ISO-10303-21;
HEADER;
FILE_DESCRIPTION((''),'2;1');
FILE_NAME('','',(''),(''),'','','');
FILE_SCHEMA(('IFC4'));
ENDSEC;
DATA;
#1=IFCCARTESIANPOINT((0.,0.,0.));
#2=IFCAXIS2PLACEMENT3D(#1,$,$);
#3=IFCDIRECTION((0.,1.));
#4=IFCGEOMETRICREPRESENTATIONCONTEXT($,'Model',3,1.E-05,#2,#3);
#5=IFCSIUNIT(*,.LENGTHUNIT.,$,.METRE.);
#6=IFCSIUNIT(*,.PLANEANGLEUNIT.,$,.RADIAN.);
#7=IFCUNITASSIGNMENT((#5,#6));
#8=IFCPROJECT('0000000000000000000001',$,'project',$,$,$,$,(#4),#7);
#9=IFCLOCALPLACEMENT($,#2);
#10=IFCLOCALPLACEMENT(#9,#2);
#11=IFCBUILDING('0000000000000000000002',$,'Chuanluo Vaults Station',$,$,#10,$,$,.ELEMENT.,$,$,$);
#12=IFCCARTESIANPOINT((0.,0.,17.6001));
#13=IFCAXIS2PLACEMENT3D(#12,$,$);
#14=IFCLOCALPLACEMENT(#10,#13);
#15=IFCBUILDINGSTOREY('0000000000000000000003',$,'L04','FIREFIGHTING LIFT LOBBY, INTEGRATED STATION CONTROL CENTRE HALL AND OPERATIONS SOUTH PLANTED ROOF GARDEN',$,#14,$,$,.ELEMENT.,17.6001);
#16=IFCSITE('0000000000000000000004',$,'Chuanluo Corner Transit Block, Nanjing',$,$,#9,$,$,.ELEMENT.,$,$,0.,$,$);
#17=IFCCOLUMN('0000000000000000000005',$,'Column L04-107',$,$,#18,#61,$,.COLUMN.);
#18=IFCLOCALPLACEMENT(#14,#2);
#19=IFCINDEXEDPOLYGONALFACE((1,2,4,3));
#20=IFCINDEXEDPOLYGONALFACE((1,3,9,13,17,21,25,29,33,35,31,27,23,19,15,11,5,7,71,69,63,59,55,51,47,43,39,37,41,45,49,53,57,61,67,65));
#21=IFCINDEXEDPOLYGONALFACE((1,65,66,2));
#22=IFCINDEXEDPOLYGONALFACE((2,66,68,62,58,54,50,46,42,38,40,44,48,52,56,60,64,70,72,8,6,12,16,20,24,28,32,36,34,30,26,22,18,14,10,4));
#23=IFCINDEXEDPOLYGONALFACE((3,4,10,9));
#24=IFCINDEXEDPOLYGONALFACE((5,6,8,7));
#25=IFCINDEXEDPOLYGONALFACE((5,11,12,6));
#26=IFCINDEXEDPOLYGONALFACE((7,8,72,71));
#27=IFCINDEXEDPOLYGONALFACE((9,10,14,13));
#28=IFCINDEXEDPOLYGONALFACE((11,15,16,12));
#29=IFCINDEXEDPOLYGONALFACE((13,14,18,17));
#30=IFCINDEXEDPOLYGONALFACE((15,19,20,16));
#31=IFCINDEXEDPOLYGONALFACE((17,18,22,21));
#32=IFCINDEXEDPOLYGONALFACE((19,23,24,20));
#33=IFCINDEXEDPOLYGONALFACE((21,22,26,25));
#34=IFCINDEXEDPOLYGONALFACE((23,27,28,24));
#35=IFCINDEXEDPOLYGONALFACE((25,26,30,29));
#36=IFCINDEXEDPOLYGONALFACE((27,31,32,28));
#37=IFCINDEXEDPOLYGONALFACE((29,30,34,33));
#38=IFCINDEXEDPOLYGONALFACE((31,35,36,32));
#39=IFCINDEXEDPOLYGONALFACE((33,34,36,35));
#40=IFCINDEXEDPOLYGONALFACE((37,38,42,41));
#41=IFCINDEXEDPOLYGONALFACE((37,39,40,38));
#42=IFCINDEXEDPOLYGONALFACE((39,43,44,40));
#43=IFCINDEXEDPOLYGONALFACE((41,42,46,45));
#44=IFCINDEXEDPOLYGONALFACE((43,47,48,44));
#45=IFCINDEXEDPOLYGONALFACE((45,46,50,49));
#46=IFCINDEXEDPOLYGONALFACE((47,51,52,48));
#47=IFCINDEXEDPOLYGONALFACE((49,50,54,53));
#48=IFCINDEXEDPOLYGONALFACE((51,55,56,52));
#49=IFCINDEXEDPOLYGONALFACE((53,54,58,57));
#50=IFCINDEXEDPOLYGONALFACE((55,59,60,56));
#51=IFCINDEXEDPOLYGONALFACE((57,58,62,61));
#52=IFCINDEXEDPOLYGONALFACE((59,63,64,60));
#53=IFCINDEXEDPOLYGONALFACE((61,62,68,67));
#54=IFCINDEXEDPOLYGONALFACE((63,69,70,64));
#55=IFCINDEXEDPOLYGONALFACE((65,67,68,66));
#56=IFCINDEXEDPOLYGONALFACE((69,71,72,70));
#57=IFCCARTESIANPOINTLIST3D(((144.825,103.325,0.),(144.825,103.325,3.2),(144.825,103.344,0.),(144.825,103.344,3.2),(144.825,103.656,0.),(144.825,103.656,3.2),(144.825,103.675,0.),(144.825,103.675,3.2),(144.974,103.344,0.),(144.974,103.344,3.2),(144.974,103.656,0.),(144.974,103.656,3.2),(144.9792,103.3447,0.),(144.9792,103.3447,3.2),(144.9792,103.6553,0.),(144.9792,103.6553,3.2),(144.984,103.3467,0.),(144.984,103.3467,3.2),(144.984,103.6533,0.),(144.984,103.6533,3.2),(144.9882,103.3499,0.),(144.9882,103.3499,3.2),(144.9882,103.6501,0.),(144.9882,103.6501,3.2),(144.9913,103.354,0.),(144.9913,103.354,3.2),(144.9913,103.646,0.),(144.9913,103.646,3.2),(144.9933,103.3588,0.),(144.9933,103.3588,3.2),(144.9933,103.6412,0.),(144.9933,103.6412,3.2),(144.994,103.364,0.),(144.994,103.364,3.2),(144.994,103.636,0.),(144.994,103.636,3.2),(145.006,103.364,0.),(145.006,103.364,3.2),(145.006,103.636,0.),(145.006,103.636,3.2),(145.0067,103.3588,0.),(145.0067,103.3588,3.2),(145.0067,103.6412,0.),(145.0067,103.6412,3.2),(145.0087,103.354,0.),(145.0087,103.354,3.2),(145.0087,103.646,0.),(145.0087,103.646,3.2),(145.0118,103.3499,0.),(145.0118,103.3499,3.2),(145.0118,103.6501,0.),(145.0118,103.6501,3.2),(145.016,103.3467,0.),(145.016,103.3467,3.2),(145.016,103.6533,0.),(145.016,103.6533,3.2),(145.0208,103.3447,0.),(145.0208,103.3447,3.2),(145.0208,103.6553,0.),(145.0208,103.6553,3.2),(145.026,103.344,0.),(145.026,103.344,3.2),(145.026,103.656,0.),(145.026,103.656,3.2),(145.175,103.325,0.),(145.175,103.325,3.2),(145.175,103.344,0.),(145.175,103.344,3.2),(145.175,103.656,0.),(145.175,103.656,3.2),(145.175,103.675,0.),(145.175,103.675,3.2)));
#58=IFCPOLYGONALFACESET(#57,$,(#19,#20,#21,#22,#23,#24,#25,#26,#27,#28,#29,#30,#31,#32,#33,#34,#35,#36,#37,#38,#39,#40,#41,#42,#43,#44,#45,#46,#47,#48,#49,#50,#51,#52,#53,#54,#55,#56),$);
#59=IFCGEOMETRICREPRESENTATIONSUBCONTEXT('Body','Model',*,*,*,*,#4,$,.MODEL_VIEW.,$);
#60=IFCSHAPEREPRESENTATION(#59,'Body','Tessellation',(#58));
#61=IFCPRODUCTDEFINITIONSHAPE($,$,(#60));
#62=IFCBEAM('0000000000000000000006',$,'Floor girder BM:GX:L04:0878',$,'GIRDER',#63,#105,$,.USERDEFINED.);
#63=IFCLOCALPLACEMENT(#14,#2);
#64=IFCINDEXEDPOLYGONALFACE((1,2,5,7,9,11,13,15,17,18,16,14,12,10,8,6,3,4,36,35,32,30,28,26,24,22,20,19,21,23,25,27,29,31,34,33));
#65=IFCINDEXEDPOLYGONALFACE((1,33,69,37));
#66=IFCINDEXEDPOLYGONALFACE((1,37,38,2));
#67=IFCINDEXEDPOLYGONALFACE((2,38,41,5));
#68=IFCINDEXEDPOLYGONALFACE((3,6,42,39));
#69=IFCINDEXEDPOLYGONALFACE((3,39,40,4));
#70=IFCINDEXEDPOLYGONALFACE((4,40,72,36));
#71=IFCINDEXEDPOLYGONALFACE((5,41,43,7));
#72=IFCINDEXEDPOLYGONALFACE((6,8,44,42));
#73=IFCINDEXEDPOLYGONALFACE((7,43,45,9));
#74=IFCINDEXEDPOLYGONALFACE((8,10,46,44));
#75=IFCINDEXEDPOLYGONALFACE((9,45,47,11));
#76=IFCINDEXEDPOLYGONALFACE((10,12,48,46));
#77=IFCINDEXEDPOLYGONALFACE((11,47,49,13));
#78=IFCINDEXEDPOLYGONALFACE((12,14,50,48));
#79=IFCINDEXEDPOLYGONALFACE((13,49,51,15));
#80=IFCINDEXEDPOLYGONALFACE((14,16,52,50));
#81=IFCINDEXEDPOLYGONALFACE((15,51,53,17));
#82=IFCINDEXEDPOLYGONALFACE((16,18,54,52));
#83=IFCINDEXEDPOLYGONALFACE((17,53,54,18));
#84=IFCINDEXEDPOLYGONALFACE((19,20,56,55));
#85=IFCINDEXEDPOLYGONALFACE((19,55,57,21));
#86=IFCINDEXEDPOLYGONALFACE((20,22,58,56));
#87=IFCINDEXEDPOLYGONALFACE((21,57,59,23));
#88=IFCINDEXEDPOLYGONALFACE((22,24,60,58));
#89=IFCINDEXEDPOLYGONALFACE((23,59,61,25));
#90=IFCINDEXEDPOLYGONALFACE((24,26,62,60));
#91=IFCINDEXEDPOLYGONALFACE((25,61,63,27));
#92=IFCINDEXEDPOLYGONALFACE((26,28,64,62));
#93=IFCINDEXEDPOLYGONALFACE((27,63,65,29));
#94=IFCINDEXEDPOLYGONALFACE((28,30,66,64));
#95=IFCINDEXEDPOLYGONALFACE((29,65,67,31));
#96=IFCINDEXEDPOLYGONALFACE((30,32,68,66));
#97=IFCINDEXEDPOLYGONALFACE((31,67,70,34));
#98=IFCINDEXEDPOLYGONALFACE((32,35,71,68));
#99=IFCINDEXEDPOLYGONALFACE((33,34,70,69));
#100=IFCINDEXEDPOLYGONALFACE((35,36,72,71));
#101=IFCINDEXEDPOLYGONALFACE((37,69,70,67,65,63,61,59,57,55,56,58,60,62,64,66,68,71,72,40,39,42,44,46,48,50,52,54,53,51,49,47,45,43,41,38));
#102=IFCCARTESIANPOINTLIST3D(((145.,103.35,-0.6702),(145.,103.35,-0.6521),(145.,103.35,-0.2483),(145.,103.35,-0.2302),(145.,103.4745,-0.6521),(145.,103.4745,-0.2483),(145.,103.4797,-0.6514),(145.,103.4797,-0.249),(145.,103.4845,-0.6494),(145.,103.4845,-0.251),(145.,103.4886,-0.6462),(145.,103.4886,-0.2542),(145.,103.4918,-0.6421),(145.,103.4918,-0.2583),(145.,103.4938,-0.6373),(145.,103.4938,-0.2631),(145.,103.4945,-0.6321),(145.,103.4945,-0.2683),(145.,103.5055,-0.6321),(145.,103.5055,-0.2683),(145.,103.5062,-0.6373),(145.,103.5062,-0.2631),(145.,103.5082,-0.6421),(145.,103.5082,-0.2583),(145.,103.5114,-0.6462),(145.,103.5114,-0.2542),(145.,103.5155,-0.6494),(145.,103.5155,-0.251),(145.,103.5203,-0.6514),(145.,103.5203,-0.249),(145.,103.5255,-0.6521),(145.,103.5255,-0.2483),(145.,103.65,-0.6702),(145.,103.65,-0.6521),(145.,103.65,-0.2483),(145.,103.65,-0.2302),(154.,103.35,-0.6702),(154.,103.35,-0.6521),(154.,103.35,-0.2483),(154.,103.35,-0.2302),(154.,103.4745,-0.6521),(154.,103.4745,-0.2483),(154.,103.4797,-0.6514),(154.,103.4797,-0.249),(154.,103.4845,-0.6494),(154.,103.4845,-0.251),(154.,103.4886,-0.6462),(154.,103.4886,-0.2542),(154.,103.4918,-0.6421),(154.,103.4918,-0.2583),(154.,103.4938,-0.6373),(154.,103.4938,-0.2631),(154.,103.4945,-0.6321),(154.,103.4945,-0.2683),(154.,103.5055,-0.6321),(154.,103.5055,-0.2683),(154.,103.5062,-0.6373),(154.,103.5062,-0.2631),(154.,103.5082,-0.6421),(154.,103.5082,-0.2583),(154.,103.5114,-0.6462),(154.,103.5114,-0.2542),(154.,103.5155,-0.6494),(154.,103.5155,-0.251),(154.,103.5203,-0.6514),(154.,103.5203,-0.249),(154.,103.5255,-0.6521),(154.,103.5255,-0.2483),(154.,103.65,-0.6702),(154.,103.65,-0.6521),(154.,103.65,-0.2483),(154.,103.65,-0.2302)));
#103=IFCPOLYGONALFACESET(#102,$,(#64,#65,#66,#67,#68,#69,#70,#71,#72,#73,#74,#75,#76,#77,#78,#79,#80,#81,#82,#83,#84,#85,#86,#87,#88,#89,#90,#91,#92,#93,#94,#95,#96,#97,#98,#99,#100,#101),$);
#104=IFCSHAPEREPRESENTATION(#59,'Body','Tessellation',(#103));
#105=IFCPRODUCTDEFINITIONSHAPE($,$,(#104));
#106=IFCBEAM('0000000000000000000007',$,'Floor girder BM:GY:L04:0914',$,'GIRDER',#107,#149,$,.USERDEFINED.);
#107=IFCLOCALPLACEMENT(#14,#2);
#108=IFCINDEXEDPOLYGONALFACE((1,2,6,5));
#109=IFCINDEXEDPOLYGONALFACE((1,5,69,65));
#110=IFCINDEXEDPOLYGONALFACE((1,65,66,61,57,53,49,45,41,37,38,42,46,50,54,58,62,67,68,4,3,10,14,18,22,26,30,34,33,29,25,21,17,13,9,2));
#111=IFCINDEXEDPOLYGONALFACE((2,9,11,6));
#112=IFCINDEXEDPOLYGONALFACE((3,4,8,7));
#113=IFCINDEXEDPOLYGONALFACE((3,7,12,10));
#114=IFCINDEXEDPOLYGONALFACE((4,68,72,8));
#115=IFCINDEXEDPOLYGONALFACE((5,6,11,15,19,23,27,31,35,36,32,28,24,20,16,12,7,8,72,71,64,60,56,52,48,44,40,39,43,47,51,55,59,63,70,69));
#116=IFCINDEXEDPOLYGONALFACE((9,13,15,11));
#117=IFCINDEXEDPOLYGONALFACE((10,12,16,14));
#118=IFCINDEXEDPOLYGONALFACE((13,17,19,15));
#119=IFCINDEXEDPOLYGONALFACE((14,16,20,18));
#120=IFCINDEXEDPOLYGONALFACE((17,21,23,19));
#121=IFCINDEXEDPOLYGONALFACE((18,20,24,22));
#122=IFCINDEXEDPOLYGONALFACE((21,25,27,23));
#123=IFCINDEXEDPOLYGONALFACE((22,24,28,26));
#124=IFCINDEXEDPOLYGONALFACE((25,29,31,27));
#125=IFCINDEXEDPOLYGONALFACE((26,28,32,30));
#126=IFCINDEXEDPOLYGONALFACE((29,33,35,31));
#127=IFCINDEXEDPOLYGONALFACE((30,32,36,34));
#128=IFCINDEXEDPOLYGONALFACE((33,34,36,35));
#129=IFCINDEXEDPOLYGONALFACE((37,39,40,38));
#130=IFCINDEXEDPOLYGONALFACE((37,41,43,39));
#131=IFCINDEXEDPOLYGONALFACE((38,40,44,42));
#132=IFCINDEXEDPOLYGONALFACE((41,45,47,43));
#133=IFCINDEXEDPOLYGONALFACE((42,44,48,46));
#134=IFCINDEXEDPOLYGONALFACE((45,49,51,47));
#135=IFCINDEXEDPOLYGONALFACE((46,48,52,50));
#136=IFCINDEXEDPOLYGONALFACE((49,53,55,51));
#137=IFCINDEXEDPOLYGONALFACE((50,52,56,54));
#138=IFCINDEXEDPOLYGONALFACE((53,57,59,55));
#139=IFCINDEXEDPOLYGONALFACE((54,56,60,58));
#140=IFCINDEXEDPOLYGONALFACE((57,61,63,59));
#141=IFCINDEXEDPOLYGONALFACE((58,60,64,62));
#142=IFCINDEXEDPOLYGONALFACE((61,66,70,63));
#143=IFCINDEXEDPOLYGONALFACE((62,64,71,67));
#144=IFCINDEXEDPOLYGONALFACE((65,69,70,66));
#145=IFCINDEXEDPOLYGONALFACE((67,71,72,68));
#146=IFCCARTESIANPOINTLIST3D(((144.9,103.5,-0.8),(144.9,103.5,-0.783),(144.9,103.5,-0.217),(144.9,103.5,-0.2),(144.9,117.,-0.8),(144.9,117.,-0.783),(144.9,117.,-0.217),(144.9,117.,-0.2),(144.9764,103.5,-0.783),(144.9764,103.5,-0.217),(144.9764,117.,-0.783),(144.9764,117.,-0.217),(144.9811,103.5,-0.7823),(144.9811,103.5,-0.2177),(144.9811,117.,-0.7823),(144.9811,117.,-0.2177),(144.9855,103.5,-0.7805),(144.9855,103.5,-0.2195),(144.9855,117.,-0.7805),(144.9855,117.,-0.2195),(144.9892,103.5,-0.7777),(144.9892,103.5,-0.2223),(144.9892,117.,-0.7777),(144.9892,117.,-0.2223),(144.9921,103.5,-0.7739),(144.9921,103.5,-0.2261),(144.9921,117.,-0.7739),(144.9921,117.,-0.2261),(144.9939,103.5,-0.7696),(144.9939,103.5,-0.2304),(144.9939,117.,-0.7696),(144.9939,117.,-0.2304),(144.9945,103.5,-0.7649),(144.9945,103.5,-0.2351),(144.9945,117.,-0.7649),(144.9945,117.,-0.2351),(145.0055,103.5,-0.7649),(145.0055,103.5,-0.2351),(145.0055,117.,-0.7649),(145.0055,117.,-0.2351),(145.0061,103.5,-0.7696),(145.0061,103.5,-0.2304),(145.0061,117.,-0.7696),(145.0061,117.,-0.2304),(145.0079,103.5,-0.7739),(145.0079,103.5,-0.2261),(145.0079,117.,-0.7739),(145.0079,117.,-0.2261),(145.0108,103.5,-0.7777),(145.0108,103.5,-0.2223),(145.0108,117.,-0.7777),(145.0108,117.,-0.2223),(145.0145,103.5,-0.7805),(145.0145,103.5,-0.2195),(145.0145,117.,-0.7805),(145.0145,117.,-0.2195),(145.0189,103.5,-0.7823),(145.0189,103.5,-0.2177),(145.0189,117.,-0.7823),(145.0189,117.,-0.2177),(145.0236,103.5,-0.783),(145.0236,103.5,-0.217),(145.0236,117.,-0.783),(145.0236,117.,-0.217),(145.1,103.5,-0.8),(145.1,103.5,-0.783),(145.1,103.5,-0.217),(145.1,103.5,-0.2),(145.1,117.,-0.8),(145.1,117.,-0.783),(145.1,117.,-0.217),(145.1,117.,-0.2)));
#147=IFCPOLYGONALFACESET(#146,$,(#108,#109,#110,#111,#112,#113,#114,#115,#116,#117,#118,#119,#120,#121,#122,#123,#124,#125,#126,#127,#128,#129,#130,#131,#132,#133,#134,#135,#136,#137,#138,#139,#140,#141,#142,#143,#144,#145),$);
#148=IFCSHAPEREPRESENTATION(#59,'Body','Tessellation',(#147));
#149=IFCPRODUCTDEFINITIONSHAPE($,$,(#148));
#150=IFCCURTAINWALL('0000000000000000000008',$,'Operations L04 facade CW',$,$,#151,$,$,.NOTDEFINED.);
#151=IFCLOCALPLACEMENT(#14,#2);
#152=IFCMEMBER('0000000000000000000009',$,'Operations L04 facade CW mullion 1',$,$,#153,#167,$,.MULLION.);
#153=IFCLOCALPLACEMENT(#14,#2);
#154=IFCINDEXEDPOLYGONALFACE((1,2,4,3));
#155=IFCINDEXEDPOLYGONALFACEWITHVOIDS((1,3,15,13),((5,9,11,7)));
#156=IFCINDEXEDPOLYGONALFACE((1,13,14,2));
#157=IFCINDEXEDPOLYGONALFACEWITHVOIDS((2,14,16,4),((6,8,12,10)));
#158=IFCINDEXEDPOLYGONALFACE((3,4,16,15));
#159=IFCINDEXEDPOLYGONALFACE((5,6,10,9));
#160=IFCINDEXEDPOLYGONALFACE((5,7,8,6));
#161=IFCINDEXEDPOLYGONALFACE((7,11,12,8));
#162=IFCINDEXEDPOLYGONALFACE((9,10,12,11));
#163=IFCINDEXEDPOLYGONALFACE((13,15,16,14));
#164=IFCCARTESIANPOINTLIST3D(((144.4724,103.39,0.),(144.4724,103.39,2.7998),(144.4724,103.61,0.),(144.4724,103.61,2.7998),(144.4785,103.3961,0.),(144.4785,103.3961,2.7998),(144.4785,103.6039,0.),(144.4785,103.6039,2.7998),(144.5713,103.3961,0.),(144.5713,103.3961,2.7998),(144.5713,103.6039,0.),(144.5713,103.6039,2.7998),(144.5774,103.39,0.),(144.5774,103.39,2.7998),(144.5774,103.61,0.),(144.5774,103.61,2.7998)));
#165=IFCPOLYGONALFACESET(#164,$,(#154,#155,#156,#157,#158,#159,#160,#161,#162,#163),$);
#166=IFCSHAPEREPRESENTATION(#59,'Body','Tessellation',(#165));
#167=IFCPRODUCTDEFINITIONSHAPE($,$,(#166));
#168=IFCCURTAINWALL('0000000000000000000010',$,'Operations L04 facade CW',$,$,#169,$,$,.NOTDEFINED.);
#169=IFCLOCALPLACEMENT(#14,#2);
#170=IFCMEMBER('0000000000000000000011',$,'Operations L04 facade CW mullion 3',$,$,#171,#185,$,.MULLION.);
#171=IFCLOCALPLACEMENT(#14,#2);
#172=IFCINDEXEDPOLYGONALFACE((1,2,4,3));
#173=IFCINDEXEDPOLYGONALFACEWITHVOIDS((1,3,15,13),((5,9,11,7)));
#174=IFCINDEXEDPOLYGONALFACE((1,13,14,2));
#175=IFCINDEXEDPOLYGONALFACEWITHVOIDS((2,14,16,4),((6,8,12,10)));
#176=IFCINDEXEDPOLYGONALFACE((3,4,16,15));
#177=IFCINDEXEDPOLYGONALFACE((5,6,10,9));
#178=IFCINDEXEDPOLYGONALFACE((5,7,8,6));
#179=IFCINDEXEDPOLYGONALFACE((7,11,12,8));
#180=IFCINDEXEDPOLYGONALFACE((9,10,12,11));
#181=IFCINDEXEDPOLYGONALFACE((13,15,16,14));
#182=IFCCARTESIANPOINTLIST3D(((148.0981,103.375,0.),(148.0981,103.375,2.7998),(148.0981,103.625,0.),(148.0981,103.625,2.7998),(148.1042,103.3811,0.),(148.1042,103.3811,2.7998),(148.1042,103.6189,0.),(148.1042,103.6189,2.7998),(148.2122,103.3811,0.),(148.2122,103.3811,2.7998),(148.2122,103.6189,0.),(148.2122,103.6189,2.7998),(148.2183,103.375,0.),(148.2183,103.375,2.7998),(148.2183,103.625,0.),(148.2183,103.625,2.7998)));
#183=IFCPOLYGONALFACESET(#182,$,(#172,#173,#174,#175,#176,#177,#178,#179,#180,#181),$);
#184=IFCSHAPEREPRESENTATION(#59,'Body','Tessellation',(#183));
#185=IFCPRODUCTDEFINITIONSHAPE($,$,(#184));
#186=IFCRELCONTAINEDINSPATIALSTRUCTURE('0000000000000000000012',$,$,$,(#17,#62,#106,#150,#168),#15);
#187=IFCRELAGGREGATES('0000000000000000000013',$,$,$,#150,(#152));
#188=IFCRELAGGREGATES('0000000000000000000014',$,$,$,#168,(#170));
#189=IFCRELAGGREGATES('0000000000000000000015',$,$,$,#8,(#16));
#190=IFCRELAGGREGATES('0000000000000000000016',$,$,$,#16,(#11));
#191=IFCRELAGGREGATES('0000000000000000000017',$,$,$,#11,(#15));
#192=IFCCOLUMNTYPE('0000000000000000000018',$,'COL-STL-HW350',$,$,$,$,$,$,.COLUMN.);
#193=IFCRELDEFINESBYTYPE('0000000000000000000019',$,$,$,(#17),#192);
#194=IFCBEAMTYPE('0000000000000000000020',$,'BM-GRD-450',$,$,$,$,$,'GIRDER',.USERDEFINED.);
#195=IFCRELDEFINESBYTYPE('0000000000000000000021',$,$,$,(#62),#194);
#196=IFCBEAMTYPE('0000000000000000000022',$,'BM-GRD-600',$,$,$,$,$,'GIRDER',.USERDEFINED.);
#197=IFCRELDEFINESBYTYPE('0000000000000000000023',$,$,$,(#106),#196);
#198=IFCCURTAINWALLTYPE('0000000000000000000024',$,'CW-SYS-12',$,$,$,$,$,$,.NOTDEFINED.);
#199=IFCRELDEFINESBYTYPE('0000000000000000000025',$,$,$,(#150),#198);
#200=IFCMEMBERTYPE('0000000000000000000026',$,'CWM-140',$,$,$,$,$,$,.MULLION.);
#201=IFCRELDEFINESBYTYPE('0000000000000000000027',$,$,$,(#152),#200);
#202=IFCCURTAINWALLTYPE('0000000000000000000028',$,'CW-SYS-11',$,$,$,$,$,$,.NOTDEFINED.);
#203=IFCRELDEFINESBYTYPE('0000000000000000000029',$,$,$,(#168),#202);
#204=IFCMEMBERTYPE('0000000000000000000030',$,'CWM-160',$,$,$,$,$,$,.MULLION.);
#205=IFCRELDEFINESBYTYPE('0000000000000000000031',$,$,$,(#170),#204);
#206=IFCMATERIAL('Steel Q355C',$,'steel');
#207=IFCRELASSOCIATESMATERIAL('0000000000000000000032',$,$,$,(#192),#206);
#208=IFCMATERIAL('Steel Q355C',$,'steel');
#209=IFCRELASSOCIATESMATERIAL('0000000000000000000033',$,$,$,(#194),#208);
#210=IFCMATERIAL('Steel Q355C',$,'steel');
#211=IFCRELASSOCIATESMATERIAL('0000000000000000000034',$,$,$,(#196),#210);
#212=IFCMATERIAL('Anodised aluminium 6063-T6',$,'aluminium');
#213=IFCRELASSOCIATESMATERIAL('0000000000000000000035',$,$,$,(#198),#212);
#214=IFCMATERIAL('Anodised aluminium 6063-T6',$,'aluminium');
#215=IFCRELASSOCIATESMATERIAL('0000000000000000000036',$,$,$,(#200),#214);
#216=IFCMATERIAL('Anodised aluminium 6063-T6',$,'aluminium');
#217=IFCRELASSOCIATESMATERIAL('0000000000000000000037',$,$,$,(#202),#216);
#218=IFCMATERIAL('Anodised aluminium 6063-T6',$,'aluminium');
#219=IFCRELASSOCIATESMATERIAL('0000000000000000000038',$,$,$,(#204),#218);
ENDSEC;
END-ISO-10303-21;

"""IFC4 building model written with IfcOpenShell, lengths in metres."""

from ifc_helpers import new_model, si_unit, direction, frame, origin, origin_2d, place, context, subcontext, project, spatial, hollow_rectangle, i_section, extrude, material, material_profile, profile_set, type_object, element, aggregate, save


model = new_model("IFC4")

# Units and contexts
model_context = context("Model", 3, precision=1e-05, world=origin(), true_north=direction((0.0, 1.0)))
body_context = subcontext(model_context, "Body", "Model", "MODEL_VIEW")
ifc_project = project(units=[si_unit("LENGTHUNIT", "METRE"), si_unit("PLANEANGLEUNIT", "RADIAN")], contexts=[model_context])

# Site, building, storey
site_placement = place(None, origin())
site = spatial("IfcSite", under=ifc_project, at=site_placement, Name="Chuanluo Corner Transit Block, Nanjing", CompositionType="ELEMENT", RefElevation=0.0)
building_placement = place(site_placement, origin())
building = spatial("IfcBuilding", under=site, at=building_placement, Name="Chuanluo Vaults Station", CompositionType="ELEMENT")
storey_placement = place(building_placement, frame((0.0, 0.0, 17.6001)))
storey = spatial("IfcBuildingStorey", under=building, at=storey_placement, Name="L04", Description="FIREFIGHTING LIFT LOBBY, INTEGRATED STATION CONTROL CENTRE HALL AND OPERATIONS SOUTH PLANTED ROOF GARDEN", CompositionType="ELEMENT", Elevation=17.6001)

# Column
ifc_material_1 = material(Name="Steel Q355C", Category="steel")
ifc_material_profile_1 = material_profile(ifc_material_1, i_section(OverallWidth=0.3501, OverallDepth=0.3501, WebThickness=0.012, FlangeThickness=0.019, FilletRadius=0.02, at=origin_2d()))
ifc_profile_set_1 = profile_set([ifc_material_profile_1], Name="Steel Q355C")
column_type = type_object("IfcColumnType", Name="COL-STL-HW350", PredefinedType="COLUMN", material=ifc_profile_set_1)
column_placement = place(storey_placement, frame((145.0, 103.5, 0.0), z_axis=(0.0, 0.0, 1.0), x_axis=(1.0, 0.0, 0.0)))
element("IfcColumn", 1, at=column_placement, inside=storey, type_object=column_type, Name="Column L04-107", PredefinedType="COLUMN", context=body_context, shape_type="SweptSolid", body=[
    extrude(i_section(OverallWidth=0.3501, OverallDepth=0.3501, WebThickness=0.012, FlangeThickness=0.019, FilletRadius=0.02, at=origin_2d()), origin(), (0.0, 0.0, 1.0), 3.2),
])

# Beams
ifc_material_2 = material(Name="Steel Q355C", Category="steel")
ifc_material_profile_2 = material_profile(ifc_material_2, i_section(OverallWidth=0.3, OverallDepth=0.4399, WebThickness=0.011, FlangeThickness=0.0181, FilletRadius=0.02, at=origin_2d()))
ifc_profile_set_2 = profile_set([ifc_material_profile_2], Name="Steel Q355C")
beam_type_1 = type_object("IfcBeamType", Name="BM-GRD-450", ElementType="GIRDER", PredefinedType="USERDEFINED", material=ifc_profile_set_2)
beam_1_placement = place(storey_placement, frame((145.0, 103.5, -0.4502), z_axis=(1.0, 0.0, 0.0), x_axis=(0.0, 1.0, 0.0)))
element("IfcBeam", 2, at=beam_1_placement, inside=storey, type_object=beam_type_1, Name="Floor girder BM:GX:L04:0878", ObjectType="GIRDER", PredefinedType="USERDEFINED", context=body_context, shape_type="SweptSolid", body=[
    extrude(i_section(OverallWidth=0.3, OverallDepth=0.4399, WebThickness=0.011, FlangeThickness=0.0181, FilletRadius=0.02, at=origin_2d()), origin(), (0.0, 0.0, 1.0), 9.0),
])
ifc_material_3 = material(Name="Steel Q355C", Category="steel")
ifc_material_profile_3 = material_profile(ifc_material_3, i_section(OverallWidth=0.2, OverallDepth=0.6001, WebThickness=0.011, FlangeThickness=0.0171, FilletRadius=0.0181, at=origin_2d()))
ifc_profile_set_3 = profile_set([ifc_material_profile_3], Name="Steel Q355C")
beam_type_2 = type_object("IfcBeamType", Name="BM-GRD-600", ElementType="GIRDER", PredefinedType="USERDEFINED", material=ifc_profile_set_3)
beam_2_placement = place(storey_placement, frame((145.0, 103.5, -0.5), z_axis=(0.0, 1.0, 0.0), x_axis=(-1.0, 0.0, 0.0)))
element("IfcBeam", 3, at=beam_2_placement, inside=storey, type_object=beam_type_2, Name="Floor girder BM:GY:L04:0914", ObjectType="GIRDER", PredefinedType="USERDEFINED", context=body_context, shape_type="SweptSolid", body=[
    extrude(i_section(OverallWidth=0.2, OverallDepth=0.6001, WebThickness=0.011, FlangeThickness=0.0171, FilletRadius=0.0181, at=origin_2d()), origin(), (0.0, 0.0, 1.0), 13.5),
])

# Curtain wall, member
ifc_material_4 = material(Name="Anodised aluminium 6063-T6", Category="aluminium")
curtain_wall_type_1 = type_object("IfcCurtainWallType", Name="CW-SYS-12", PredefinedType="NOTDEFINED", material=ifc_material_4)
curtain_wall_1_placement = place(storey_placement, origin())
curtain_wall_1 = element("IfcCurtainWall", 4, at=curtain_wall_1_placement, inside=storey, type_object=curtain_wall_type_1, Name="Operations L04 facade CW", PredefinedType="NOTDEFINED")
ifc_material_5 = material(Name="Anodised aluminium 6063-T6", Category="aluminium")
ifc_material_profile_4 = material_profile(ifc_material_5, hollow_rectangle(XDim=0.105, YDim=0.22, WallThickness=0.0061, at=origin_2d()))
ifc_profile_set_4 = profile_set([ifc_material_profile_4], Name="Anodised aluminium 6063-T6")
member_type_1 = type_object("IfcMemberType", Name="CWM-140", PredefinedType="MULLION", material=ifc_profile_set_4)
member_1_placement = place(storey_placement, frame((144.5249, 103.5, 0.0), z_axis=(0.0, 0.0, 1.0), x_axis=(-1.0, 0.0, 0.0)))
member_1 = element("IfcMember", 5, at=member_1_placement, type_object=member_type_1, Name="Operations L04 facade CW mullion 1", PredefinedType="MULLION", context=body_context, shape_type="SweptSolid", body=[
    extrude(hollow_rectangle(XDim=0.105, YDim=0.22, WallThickness=0.0061, at=origin_2d()), origin(), (0.0, 0.0, 1.0), 2.7998),
])

# Curtain wall, member
ifc_material_6 = material(Name="Anodised aluminium 6063-T6", Category="aluminium")
curtain_wall_type_2 = type_object("IfcCurtainWallType", Name="CW-SYS-11", PredefinedType="NOTDEFINED", material=ifc_material_6)
curtain_wall_2_placement = place(storey_placement, origin())
curtain_wall_2 = element("IfcCurtainWall", 6, at=curtain_wall_2_placement, inside=storey, type_object=curtain_wall_type_2, Name="Operations L04 facade CW", PredefinedType="NOTDEFINED")
ifc_material_7 = material(Name="Anodised aluminium 6063-T6", Category="aluminium")
ifc_material_profile_5 = material_profile(ifc_material_7, hollow_rectangle(XDim=0.1201, YDim=0.25, WallThickness=0.0061, at=origin_2d()))
ifc_profile_set_5 = profile_set([ifc_material_profile_5], Name="Anodised aluminium 6063-T6")
member_type_2 = type_object("IfcMemberType", Name="CWM-160", PredefinedType="MULLION", material=ifc_profile_set_5)
member_2_placement = place(storey_placement, frame((148.1582, 103.5, 0.0), z_axis=(0.0, 0.0, 1.0), x_axis=(-1.0, 0.0, 0.0)))
member_2 = element("IfcMember", 7, at=member_2_placement, type_object=member_type_2, Name="Operations L04 facade CW mullion 3", PredefinedType="MULLION", context=body_context, shape_type="SweptSolid", body=[
    extrude(hollow_rectangle(XDim=0.1201, YDim=0.25, WallThickness=0.0061, at=origin_2d()), origin(), (0.0, 0.0, 1.0), 2.7998),
])

aggregate(curtain_wall_1, [member_1])
aggregate(curtain_wall_2, [member_2])

save(model, "model.ifc")
